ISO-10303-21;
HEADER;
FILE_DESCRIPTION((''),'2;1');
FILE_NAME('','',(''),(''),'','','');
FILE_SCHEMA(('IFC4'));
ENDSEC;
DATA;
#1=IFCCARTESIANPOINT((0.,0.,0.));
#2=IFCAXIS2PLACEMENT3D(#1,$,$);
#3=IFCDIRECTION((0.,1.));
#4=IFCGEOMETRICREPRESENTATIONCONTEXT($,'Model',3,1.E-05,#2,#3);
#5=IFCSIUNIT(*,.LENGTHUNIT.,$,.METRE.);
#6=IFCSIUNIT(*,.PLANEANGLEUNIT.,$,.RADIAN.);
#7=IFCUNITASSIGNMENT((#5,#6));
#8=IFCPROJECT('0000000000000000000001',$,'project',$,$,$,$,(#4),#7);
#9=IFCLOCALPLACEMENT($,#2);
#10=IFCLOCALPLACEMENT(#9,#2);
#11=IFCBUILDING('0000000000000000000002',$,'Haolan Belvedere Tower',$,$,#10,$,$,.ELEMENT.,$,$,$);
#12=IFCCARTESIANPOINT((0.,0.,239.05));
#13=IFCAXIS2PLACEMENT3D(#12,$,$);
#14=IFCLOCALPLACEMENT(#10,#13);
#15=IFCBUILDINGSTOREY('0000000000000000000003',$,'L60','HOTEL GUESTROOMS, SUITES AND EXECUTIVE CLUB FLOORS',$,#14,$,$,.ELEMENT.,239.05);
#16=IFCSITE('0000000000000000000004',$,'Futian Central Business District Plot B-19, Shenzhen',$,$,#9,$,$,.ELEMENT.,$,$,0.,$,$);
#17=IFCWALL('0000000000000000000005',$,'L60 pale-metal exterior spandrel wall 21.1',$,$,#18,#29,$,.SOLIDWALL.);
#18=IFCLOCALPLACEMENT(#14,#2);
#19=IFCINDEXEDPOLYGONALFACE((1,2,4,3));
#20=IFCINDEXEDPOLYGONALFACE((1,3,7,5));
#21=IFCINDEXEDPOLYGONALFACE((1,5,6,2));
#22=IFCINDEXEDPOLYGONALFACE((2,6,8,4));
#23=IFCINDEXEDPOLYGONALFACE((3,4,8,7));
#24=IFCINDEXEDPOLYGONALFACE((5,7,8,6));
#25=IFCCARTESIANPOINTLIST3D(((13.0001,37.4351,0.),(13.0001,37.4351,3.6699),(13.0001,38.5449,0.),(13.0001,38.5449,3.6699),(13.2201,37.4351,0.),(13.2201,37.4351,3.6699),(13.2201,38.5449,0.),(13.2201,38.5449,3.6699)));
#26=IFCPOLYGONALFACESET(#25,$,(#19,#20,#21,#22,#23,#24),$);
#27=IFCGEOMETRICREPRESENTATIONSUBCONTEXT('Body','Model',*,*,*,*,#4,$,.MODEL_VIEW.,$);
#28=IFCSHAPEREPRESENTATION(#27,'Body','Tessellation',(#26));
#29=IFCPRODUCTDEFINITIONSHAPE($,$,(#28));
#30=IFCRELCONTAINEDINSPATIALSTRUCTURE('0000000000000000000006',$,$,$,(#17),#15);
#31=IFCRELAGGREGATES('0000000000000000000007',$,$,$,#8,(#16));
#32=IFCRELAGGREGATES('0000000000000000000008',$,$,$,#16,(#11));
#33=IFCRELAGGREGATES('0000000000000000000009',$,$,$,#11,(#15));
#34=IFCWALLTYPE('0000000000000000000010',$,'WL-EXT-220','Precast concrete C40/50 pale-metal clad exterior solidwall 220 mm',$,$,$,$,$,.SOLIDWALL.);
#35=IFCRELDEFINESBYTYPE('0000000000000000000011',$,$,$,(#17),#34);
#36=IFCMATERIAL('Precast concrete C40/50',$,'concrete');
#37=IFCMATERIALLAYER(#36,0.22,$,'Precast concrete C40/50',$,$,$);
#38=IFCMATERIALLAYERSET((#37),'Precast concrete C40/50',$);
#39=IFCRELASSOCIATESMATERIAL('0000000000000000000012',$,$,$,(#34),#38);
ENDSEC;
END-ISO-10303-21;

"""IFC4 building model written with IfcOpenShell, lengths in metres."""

from ifc_helpers import new_model, si_unit, direction, frame, frame_2d, origin, place, context, subcontext, project, spatial, rectangle, extrude, material, layer, layer_set, type_object, element, save


model = new_model("IFC4")

# Units and contexts
model_context = context("Model", 3, precision=1e-05, world=origin(), true_north=direction((0.0, 1.0)))
body_context = subcontext(model_context, "Body", "Model", "MODEL_VIEW")
ifc_project = project(units=[si_unit("LENGTHUNIT", "METRE"), si_unit("PLANEANGLEUNIT", "RADIAN")], contexts=[model_context])

# Site, building, storey
site_placement = place(None, origin())
site = spatial("IfcSite", under=ifc_project, at=site_placement, Name="Futian Central Business District Plot B-19, Shenzhen", CompositionType="ELEMENT", RefElevation=0.0)
building_placement = place(site_placement, origin())
building = spatial("IfcBuilding", under=site, at=building_placement, Name="Haolan Belvedere Tower", CompositionType="ELEMENT")
storey_placement = place(building_placement, frame((0.0, 0.0, 239.05)))
storey = spatial("IfcBuildingStorey", under=building, at=storey_placement, Name="L60", Description="HOTEL GUESTROOMS, SUITES AND EXECUTIVE CLUB FLOORS", CompositionType="ELEMENT", Elevation=239.05)

# Shared definitions
ifc_material_1 = material(Name="Precast concrete C40/50", Category="concrete")
ifc_layer = layer(ifc_material_1, 0.22, Name="Precast concrete C40/50")
ifc_layer_set = layer_set([ifc_layer], Name="Precast concrete C40/50")
wall_type = type_object("IfcWallType", Name="WL-EXT-220", Description="Precast concrete C40/50 pale-metal clad exterior solidwall 220 mm", PredefinedType="SOLIDWALL", material=ifc_layer_set)

# Wall
wall_1_placement = place(storey_placement, frame((13.1101, 38.5449, 0.0), z_axis=(0.0, 0.0, 1.0), x_axis=(0.0, -1.0, 0.0)))
element("IfcWall", 1, at=wall_1_placement, inside=storey, type_object=wall_type, Name="L60 pale-metal exterior spandrel wall 21.1", PredefinedType="SOLIDWALL", context=body_context, shape_type="SweptSolid", body=[
    extrude(rectangle(XDim=1.1099, YDim=0.22, at=frame_2d((0.5549, 0.0))), origin(), (0.0, 0.0, 1.0), 3.6699),
])

save(model, "model.ifc")
